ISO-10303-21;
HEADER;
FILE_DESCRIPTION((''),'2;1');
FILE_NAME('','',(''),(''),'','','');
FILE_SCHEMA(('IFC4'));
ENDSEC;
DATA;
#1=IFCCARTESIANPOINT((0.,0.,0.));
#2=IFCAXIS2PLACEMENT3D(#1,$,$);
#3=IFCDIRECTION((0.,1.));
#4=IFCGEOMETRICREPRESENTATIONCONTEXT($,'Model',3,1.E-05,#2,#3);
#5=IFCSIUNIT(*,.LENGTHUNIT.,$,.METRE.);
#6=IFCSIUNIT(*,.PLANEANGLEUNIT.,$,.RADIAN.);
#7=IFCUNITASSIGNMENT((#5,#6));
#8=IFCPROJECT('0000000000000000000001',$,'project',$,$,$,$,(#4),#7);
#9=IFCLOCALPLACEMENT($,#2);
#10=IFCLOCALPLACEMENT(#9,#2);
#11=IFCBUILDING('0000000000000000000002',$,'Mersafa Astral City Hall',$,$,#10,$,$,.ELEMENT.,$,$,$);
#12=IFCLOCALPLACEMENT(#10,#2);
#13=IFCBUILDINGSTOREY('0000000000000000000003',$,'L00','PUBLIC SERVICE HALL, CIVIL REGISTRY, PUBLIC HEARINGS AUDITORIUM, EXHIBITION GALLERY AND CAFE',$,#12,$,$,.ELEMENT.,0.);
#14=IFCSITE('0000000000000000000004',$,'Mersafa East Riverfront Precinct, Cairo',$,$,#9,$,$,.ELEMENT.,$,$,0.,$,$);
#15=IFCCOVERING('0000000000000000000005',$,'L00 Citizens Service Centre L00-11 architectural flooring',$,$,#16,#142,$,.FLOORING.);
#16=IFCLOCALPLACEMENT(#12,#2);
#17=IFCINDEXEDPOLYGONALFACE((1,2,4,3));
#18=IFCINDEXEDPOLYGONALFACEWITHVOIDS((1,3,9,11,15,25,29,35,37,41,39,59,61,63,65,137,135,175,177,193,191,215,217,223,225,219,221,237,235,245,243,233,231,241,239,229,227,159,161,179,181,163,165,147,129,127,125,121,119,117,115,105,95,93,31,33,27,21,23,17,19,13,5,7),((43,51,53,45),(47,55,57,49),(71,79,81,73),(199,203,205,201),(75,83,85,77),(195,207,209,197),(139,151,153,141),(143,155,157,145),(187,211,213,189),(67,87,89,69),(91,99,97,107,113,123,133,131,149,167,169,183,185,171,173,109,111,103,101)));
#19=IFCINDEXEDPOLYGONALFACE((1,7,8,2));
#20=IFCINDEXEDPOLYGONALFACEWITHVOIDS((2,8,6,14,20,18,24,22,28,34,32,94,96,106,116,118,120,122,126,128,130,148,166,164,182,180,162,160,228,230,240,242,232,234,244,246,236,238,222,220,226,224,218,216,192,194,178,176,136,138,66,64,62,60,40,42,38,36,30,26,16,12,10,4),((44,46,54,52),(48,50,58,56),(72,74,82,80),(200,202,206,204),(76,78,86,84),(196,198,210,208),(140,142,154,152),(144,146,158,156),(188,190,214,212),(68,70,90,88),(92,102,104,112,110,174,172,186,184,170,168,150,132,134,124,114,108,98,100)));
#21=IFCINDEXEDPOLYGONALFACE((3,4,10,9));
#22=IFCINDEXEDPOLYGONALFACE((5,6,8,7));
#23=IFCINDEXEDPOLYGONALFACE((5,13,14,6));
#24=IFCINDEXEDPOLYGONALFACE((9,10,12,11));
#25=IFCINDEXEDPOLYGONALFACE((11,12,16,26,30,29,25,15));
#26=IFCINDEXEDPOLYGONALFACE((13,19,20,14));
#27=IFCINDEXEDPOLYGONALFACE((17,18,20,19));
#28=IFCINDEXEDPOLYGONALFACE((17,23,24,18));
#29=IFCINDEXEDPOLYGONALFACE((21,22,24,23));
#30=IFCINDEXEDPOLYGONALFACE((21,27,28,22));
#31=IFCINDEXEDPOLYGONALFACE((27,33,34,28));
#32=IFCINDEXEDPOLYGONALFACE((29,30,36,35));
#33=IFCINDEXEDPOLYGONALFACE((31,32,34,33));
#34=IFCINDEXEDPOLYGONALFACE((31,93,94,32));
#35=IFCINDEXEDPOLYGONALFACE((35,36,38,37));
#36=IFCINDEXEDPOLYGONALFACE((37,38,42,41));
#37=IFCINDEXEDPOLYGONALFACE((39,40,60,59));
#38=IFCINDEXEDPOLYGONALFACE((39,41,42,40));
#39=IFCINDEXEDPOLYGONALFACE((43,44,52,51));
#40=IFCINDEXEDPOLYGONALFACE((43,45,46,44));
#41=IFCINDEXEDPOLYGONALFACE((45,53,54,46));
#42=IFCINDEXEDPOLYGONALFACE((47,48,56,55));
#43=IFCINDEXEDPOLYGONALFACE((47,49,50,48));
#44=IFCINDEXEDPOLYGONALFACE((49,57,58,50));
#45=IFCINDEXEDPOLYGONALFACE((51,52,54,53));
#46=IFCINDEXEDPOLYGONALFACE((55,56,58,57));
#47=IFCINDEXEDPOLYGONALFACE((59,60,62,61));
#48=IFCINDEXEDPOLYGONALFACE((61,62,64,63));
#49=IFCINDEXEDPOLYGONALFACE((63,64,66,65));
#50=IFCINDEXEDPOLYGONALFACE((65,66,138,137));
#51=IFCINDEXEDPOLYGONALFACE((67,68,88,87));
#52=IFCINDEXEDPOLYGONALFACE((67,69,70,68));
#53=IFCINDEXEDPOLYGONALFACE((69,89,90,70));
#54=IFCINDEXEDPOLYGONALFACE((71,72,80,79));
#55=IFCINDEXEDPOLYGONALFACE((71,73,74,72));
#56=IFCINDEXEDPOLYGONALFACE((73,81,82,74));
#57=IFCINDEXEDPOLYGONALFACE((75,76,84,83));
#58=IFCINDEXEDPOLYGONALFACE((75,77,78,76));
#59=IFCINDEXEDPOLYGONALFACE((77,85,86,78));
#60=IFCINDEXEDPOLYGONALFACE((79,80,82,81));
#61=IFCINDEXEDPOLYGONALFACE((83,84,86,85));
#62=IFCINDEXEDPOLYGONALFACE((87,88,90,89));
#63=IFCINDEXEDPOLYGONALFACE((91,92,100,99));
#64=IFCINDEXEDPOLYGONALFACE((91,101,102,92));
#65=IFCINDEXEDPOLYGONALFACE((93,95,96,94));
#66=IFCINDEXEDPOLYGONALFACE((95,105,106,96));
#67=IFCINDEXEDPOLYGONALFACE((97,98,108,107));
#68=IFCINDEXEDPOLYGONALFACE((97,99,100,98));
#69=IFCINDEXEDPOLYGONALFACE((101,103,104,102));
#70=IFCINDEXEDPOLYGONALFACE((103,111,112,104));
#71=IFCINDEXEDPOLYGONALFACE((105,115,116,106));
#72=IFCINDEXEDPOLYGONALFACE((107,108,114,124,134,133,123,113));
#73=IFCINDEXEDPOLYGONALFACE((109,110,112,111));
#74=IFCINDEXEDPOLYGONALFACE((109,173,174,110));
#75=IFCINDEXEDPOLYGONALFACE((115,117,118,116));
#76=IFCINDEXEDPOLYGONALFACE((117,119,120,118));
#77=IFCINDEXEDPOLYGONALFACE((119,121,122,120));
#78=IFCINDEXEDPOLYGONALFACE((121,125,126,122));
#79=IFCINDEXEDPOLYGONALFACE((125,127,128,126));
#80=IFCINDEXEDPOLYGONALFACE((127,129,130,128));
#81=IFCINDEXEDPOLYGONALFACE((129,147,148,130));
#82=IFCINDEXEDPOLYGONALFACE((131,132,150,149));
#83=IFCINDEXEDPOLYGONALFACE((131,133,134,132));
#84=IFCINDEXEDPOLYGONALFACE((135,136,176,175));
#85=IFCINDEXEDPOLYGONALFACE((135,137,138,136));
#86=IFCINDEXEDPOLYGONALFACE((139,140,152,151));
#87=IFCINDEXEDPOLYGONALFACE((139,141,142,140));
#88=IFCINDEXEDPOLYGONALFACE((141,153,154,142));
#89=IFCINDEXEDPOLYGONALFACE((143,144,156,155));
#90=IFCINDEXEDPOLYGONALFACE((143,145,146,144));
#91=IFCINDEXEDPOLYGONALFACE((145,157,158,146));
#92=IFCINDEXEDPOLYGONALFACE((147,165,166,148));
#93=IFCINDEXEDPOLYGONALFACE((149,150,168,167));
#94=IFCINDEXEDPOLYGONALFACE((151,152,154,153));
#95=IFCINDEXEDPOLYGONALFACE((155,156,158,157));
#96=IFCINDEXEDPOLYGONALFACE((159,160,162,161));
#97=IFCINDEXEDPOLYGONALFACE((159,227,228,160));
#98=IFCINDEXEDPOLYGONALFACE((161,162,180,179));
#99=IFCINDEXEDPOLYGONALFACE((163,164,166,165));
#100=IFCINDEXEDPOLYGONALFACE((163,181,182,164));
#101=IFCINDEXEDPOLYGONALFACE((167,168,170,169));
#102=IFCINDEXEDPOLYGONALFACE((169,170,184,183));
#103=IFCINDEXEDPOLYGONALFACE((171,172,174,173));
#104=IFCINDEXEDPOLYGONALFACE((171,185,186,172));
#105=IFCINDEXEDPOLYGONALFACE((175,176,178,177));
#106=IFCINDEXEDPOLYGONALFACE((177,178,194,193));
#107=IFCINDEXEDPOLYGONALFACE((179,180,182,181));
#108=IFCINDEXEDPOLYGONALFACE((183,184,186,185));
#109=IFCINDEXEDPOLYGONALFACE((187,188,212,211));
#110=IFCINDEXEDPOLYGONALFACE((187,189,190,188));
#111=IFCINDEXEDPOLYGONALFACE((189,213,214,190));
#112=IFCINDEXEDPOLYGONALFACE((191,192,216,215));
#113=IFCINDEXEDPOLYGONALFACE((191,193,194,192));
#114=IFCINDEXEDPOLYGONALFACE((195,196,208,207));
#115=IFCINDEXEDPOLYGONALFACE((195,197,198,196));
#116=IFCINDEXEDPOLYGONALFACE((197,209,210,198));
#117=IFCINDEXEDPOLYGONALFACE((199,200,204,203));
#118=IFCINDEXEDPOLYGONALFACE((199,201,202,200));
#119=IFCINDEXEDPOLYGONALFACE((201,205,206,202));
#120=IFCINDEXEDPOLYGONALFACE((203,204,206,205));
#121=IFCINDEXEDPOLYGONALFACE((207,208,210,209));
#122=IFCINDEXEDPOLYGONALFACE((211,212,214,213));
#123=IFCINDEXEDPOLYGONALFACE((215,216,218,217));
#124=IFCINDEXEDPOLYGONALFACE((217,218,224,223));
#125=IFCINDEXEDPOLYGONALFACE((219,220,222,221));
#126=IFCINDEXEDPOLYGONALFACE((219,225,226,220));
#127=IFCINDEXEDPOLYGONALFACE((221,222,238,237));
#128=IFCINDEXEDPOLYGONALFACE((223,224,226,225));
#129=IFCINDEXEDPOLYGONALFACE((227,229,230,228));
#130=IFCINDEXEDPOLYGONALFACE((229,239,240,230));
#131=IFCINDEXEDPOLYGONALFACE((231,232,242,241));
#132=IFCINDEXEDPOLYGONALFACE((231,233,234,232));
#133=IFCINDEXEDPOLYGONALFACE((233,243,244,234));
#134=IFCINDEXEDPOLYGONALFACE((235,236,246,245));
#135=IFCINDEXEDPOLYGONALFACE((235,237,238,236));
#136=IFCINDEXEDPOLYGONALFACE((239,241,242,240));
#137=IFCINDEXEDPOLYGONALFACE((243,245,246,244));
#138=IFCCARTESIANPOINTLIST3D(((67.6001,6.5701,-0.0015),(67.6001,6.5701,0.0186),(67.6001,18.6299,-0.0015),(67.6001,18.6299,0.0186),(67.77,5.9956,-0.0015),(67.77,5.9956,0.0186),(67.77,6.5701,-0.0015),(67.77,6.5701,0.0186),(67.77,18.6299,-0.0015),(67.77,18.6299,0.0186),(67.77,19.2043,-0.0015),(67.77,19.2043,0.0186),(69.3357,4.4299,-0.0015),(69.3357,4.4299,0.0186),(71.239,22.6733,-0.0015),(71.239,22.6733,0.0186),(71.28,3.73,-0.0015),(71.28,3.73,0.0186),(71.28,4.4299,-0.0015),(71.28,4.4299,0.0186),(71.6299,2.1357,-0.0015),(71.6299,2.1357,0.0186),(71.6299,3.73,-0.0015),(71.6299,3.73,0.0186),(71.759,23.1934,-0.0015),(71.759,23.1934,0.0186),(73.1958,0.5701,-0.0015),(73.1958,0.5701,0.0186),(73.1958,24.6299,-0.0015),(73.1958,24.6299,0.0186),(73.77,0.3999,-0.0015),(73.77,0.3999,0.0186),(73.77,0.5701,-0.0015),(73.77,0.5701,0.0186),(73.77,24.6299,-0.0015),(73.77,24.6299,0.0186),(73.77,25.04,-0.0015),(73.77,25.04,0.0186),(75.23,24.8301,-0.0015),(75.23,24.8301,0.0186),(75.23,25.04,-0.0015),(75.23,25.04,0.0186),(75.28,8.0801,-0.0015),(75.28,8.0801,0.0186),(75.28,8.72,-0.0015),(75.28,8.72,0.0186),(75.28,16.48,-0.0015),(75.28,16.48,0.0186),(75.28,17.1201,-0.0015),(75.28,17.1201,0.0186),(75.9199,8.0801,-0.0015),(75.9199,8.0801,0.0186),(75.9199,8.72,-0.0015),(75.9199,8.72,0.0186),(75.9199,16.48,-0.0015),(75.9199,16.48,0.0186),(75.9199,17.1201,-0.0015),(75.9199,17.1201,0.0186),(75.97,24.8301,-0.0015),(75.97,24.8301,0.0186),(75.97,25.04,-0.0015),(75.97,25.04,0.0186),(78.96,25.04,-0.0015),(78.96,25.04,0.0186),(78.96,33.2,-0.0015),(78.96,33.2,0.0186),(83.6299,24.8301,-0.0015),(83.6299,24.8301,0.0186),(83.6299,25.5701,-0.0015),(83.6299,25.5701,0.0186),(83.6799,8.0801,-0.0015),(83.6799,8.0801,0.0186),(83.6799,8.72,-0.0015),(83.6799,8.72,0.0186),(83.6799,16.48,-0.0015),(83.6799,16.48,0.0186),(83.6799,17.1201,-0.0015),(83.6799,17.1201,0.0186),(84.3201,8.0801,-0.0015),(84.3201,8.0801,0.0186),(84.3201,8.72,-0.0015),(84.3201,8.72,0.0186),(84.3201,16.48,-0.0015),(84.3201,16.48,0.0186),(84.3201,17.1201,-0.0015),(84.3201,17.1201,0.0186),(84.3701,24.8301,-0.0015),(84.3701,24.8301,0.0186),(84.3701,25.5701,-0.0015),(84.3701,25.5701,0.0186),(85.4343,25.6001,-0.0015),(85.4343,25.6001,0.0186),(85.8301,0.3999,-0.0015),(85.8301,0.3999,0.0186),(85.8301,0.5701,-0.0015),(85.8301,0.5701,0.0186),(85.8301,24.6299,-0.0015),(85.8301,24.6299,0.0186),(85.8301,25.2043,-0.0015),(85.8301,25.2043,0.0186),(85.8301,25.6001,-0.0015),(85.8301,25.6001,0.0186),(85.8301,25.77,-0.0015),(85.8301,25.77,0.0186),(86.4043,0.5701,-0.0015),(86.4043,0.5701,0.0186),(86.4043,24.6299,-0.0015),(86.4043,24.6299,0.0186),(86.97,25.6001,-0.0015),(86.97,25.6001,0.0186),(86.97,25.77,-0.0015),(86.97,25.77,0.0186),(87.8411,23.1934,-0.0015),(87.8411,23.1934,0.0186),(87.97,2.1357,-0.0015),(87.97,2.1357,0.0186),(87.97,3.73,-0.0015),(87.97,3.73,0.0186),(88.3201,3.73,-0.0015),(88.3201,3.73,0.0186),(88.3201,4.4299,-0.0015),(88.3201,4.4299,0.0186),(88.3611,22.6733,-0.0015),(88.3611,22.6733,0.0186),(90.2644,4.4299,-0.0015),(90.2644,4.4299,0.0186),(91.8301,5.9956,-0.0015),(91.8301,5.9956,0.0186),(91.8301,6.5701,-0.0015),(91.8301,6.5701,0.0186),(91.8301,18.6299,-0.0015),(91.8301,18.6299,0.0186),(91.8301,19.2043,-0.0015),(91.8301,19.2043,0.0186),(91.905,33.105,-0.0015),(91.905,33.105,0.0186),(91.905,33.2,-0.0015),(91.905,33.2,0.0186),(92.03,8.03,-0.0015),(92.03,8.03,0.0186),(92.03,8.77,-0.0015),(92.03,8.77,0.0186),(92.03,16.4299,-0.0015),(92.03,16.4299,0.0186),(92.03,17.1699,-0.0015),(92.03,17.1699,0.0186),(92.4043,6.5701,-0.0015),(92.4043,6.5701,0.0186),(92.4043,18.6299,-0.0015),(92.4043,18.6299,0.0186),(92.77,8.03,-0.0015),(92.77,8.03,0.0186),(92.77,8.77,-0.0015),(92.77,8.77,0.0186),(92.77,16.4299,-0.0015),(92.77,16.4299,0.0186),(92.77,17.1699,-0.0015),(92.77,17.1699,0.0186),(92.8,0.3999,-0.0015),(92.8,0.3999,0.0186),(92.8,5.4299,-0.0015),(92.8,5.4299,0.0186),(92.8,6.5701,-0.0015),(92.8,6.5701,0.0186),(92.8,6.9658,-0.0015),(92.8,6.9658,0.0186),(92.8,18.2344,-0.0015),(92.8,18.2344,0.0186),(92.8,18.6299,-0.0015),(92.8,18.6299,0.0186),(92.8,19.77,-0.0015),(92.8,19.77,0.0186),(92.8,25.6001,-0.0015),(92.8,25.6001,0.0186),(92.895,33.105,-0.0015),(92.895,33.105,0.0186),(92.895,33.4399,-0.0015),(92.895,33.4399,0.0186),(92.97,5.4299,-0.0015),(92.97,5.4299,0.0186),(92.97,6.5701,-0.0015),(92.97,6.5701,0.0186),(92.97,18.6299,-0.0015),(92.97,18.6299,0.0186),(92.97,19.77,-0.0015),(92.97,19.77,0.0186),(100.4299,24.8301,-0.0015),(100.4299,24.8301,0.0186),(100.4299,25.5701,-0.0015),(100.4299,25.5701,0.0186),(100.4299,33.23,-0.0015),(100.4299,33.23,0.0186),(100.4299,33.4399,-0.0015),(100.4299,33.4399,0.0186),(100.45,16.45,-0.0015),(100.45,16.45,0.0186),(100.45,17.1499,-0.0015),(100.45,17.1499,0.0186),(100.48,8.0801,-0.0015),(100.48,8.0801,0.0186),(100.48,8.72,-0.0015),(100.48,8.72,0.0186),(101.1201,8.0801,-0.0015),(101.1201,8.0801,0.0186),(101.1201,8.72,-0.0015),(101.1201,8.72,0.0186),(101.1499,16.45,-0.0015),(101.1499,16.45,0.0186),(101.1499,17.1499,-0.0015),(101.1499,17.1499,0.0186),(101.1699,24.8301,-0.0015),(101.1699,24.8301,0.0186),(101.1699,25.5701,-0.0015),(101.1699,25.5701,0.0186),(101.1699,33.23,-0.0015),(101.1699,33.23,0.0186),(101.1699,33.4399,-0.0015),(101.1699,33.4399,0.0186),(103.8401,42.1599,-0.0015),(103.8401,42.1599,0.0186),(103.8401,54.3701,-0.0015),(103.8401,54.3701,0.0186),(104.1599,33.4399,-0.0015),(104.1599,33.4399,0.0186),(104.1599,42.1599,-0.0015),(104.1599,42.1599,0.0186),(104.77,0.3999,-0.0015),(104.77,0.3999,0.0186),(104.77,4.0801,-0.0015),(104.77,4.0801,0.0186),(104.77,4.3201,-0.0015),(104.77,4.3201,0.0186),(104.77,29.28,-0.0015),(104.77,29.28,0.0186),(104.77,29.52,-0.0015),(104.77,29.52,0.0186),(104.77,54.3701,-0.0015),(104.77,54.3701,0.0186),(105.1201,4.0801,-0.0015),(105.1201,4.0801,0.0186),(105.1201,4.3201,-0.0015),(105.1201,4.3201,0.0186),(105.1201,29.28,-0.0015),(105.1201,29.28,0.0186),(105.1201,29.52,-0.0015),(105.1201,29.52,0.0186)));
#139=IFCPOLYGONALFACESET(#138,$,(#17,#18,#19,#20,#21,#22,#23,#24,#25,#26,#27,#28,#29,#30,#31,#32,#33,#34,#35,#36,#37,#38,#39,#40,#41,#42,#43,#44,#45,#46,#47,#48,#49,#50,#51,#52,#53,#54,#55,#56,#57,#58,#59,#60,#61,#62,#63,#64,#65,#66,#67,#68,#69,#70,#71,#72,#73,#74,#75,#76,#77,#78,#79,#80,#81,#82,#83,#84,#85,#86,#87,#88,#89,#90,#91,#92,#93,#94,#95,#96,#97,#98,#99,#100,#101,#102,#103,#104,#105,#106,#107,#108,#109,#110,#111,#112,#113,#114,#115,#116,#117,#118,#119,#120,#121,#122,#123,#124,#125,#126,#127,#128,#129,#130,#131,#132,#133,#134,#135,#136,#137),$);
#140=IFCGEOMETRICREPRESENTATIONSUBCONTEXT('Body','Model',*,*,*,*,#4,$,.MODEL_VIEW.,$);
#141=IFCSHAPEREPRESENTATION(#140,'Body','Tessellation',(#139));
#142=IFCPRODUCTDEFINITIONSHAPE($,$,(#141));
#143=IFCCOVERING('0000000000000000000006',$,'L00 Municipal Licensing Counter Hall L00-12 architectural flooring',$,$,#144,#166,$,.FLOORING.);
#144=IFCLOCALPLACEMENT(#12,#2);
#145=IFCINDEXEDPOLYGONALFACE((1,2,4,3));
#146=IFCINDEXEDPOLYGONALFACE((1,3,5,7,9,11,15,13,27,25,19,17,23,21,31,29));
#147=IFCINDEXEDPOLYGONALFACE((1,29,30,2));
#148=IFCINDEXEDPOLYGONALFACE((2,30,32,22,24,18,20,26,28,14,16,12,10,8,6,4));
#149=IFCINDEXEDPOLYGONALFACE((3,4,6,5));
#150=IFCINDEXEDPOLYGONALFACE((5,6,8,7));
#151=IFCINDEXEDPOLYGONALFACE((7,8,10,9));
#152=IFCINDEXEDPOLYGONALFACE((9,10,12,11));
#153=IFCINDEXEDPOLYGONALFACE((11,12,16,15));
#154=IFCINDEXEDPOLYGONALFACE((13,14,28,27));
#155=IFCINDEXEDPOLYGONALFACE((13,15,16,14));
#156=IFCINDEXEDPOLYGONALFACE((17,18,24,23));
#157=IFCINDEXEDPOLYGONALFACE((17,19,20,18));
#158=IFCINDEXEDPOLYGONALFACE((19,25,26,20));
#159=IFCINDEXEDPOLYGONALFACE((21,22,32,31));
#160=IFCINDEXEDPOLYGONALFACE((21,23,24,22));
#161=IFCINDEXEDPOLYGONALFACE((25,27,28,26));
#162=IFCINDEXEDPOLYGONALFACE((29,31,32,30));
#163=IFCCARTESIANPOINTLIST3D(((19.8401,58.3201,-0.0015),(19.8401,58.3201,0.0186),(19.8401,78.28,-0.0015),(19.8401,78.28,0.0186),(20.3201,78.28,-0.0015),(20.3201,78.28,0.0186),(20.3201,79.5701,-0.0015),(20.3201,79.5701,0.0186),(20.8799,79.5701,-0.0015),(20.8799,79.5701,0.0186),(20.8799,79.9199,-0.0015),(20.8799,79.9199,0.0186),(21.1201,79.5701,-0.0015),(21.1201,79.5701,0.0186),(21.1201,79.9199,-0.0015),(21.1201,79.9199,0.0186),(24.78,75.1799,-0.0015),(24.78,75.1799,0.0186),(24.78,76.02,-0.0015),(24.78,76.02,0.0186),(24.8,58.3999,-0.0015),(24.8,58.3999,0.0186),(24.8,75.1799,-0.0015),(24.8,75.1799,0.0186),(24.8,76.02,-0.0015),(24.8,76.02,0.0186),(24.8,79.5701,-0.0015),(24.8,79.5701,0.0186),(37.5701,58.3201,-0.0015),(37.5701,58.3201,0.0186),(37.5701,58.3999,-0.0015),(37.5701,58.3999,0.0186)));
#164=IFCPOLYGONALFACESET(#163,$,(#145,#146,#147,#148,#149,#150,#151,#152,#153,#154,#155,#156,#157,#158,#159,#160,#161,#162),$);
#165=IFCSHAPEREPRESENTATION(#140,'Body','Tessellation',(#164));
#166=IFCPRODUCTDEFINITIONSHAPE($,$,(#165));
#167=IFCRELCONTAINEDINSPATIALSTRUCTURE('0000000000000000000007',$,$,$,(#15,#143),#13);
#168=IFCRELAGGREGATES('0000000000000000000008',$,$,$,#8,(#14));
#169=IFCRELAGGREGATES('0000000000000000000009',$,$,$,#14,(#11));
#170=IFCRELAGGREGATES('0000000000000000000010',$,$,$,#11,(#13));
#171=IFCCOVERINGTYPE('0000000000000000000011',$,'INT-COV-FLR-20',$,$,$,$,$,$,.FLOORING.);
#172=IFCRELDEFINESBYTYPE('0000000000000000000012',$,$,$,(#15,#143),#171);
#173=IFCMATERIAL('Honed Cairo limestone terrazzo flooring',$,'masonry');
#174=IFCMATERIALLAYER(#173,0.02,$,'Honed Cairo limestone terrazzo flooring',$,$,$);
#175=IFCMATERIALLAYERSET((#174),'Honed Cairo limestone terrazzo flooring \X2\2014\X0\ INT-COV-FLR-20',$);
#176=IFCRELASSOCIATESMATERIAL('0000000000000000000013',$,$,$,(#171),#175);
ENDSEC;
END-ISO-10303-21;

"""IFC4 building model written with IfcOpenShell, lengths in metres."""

from ifc_helpers import new_model, si_unit, direction, frame, origin, place, context, subcontext, project, spatial, polyline, outline, extrude, material, layer, layer_set, type_object, element, save


model = new_model("IFC4")

# Units and contexts
model_context = context("Model", 3, precision=1e-05, world=origin(), true_north=direction((0.0, 1.0)))
body_context = subcontext(model_context, "Body", "Model", "MODEL_VIEW")
ifc_project = project(units=[si_unit("LENGTHUNIT", "METRE"), si_unit("PLANEANGLEUNIT", "RADIAN")], contexts=[model_context])

# Site, building, storey
site_placement = place(None, origin())
site = spatial("IfcSite", under=ifc_project, at=site_placement, Name="Mersafa East Riverfront Precinct, Cairo", CompositionType="ELEMENT", RefElevation=0.0)
building_placement = place(site_placement, origin())
building = spatial("IfcBuilding", under=site, at=building_placement, Name="Mersafa Astral City Hall", CompositionType="ELEMENT")
storey_placement = place(building_placement, origin())
storey = spatial("IfcBuildingStorey", under=building, at=storey_placement, Name="L00", Description="PUBLIC SERVICE HALL, CIVIL REGISTRY, PUBLIC HEARINGS AUDITORIUM, EXHIBITION GALLERY AND CAFE", CompositionType="ELEMENT", Elevation=0.0)

# Coverings
ifc_material_1 = material(Name="Honed Cairo limestone terrazzo flooring", Category="masonry")
ifc_layer_1 = layer(ifc_material_1, 0.02, Name="Honed Cairo limestone terrazzo flooring")
ifc_layer_set_1 = layer_set([ifc_layer_1], Name="Honed Cairo limestone terrazzo flooring — INT-COV-FLR-20")
covering_type = type_object("IfcCoveringType", Name="INT-COV-FLR-20", PredefinedType="FLOORING", material=ifc_layer_set_1)
covering_1_placement = place(storey_placement, frame((0.0, 0.0, -0.0015)))
element("IfcCovering", 1, at=covering_1_placement, inside=storey, type_object=covering_type, Name="L00 Citizens Service Centre L00-11 architectural flooring", PredefinedType="FLOORING", context=body_context, shape_type="SweptSolid", body=[
    extrude(outline(polyline([(87.97, 3.73), (87.97, 2.1357), (86.4043, 0.5701), (85.8301, 0.5701), (85.8301, 0.3999), (73.77, 0.3999), (73.77, 0.5701), (73.1958, 0.5701), (71.6299, 2.1357), (71.6299, 3.73), (71.28, 3.73), (71.28, 4.4299), (69.3357, 4.4299), (67.77, 5.9956), (67.77, 6.5701), (67.6001, 6.5701), (67.6001, 18.6299), (67.77, 18.6299), (67.77, 19.2043), (71.239, 22.6733), (71.759, 23.1934), (73.1958, 24.6299), (73.77, 24.6299), (73.77, 25.04), (75.23, 25.04), (75.23, 24.8301), (75.97, 24.8301), (75.97, 25.04), (78.96, 25.04), (78.96, 33.2), (91.905, 33.2), (91.905, 33.105), (92.895, 33.105), (92.895, 33.4399), (100.4299, 33.4399), (100.4299, 33.23), (101.1699, 33.23), (101.1699, 33.4399), (104.1599, 33.4399), (104.1599, 42.1599), (103.8401, 42.1599), (103.8401, 54.3701), (104.77, 54.3701), (104.77, 29.52), (105.1201, 29.52), (105.1201, 29.28), (104.77, 29.28), (104.77, 4.3201), (105.1201, 4.3201), (105.1201, 4.0801), (104.77, 4.0801), (104.77, 0.3999), (92.8, 0.3999), (92.8, 5.4299), (92.97, 5.4299), (92.97, 6.5701), (92.8, 6.5701), (92.8, 6.9658), (92.4043, 6.5701), (91.8301, 6.5701), (91.8301, 5.9956), (90.2644, 4.4299), (88.3201, 4.4299), (88.3201, 3.73), (87.97, 3.73)]), holes=[polyline([(100.4299, 24.8301), (101.1699, 24.8301), (101.1699, 25.5701), (100.4299, 25.5701), (100.4299, 24.8301)]), polyline([(100.45, 16.45), (101.1499, 16.45), (101.1499, 17.1499), (100.45, 17.1499), (100.45, 16.45)]), polyline([(101.1201, 8.0801), (101.1201, 8.72), (100.48, 8.72), (100.48, 8.0801), (101.1201, 8.0801)]), polyline([(86.97, 25.77), (85.8301, 25.77), (85.8301, 25.6001), (85.4343, 25.6001), (85.8301, 25.2043), (85.8301, 24.6299), (86.4043, 24.6299), (87.8411, 23.1934), (88.3611, 22.6733), (91.8301, 19.2043), (91.8301, 18.6299), (92.4043, 18.6299), (92.8, 18.2344), (92.8, 18.6299), (92.97, 18.6299), (92.97, 19.77), (92.8, 19.77), (92.8, 25.6001), (86.97, 25.6001), (86.97, 25.77)]), polyline([(92.03, 8.03), (92.77, 8.03), (92.77, 8.77), (92.03, 8.77), (92.03, 8.03)]), polyline([(92.03, 16.4299), (92.77, 16.4299), (92.77, 17.1699), (92.03, 17.1699), (92.03, 16.4299)]), polyline([(83.6299, 24.8301), (84.3701, 24.8301), (84.3701, 25.5701), (83.6299, 25.5701), (83.6299, 24.8301)]), polyline([(83.6799, 8.0801), (84.3201, 8.0801), (84.3201, 8.72), (83.6799, 8.72), (83.6799, 8.0801)]), polyline([(83.6799, 16.48), (84.3201, 16.48), (84.3201, 17.1201), (83.6799, 17.1201), (83.6799, 16.48)]), polyline([(75.28, 8.0801), (75.9199, 8.0801), (75.9199, 8.72), (75.28, 8.72), (75.28, 8.0801)]), polyline([(75.28, 16.48), (75.9199, 16.48), (75.9199, 17.1201), (75.28, 17.1201), (75.28, 16.48)])]), origin(), (0.0, 0.0, 1.0), 0.02),
])
covering_2_placement = place(storey_placement, frame((0.0, 0.0, -0.0015)))
element("IfcCovering", 2, at=covering_2_placement, inside=storey, type_object=covering_type, Name="L00 Municipal Licensing Counter Hall L00-12 architectural flooring", PredefinedType="FLOORING", context=body_context, shape_type="SweptSolid", body=[
    extrude(outline(polyline([(20.8799, 79.5701), (20.8799, 79.9199), (21.1201, 79.9199), (21.1201, 79.5701), (24.8, 79.5701), (24.8, 76.02), (24.78, 76.02), (24.78, 75.1799), (24.8, 75.1799), (24.8, 58.3999), (37.5701, 58.3999), (37.5701, 58.3201), (19.8401, 58.3201), (19.8401, 78.28), (20.3201, 78.28), (20.3201, 79.5701), (20.8799, 79.5701)])), origin(), (0.0, 0.0, 1.0), 0.02),
])

save(model, "model.ifc")
